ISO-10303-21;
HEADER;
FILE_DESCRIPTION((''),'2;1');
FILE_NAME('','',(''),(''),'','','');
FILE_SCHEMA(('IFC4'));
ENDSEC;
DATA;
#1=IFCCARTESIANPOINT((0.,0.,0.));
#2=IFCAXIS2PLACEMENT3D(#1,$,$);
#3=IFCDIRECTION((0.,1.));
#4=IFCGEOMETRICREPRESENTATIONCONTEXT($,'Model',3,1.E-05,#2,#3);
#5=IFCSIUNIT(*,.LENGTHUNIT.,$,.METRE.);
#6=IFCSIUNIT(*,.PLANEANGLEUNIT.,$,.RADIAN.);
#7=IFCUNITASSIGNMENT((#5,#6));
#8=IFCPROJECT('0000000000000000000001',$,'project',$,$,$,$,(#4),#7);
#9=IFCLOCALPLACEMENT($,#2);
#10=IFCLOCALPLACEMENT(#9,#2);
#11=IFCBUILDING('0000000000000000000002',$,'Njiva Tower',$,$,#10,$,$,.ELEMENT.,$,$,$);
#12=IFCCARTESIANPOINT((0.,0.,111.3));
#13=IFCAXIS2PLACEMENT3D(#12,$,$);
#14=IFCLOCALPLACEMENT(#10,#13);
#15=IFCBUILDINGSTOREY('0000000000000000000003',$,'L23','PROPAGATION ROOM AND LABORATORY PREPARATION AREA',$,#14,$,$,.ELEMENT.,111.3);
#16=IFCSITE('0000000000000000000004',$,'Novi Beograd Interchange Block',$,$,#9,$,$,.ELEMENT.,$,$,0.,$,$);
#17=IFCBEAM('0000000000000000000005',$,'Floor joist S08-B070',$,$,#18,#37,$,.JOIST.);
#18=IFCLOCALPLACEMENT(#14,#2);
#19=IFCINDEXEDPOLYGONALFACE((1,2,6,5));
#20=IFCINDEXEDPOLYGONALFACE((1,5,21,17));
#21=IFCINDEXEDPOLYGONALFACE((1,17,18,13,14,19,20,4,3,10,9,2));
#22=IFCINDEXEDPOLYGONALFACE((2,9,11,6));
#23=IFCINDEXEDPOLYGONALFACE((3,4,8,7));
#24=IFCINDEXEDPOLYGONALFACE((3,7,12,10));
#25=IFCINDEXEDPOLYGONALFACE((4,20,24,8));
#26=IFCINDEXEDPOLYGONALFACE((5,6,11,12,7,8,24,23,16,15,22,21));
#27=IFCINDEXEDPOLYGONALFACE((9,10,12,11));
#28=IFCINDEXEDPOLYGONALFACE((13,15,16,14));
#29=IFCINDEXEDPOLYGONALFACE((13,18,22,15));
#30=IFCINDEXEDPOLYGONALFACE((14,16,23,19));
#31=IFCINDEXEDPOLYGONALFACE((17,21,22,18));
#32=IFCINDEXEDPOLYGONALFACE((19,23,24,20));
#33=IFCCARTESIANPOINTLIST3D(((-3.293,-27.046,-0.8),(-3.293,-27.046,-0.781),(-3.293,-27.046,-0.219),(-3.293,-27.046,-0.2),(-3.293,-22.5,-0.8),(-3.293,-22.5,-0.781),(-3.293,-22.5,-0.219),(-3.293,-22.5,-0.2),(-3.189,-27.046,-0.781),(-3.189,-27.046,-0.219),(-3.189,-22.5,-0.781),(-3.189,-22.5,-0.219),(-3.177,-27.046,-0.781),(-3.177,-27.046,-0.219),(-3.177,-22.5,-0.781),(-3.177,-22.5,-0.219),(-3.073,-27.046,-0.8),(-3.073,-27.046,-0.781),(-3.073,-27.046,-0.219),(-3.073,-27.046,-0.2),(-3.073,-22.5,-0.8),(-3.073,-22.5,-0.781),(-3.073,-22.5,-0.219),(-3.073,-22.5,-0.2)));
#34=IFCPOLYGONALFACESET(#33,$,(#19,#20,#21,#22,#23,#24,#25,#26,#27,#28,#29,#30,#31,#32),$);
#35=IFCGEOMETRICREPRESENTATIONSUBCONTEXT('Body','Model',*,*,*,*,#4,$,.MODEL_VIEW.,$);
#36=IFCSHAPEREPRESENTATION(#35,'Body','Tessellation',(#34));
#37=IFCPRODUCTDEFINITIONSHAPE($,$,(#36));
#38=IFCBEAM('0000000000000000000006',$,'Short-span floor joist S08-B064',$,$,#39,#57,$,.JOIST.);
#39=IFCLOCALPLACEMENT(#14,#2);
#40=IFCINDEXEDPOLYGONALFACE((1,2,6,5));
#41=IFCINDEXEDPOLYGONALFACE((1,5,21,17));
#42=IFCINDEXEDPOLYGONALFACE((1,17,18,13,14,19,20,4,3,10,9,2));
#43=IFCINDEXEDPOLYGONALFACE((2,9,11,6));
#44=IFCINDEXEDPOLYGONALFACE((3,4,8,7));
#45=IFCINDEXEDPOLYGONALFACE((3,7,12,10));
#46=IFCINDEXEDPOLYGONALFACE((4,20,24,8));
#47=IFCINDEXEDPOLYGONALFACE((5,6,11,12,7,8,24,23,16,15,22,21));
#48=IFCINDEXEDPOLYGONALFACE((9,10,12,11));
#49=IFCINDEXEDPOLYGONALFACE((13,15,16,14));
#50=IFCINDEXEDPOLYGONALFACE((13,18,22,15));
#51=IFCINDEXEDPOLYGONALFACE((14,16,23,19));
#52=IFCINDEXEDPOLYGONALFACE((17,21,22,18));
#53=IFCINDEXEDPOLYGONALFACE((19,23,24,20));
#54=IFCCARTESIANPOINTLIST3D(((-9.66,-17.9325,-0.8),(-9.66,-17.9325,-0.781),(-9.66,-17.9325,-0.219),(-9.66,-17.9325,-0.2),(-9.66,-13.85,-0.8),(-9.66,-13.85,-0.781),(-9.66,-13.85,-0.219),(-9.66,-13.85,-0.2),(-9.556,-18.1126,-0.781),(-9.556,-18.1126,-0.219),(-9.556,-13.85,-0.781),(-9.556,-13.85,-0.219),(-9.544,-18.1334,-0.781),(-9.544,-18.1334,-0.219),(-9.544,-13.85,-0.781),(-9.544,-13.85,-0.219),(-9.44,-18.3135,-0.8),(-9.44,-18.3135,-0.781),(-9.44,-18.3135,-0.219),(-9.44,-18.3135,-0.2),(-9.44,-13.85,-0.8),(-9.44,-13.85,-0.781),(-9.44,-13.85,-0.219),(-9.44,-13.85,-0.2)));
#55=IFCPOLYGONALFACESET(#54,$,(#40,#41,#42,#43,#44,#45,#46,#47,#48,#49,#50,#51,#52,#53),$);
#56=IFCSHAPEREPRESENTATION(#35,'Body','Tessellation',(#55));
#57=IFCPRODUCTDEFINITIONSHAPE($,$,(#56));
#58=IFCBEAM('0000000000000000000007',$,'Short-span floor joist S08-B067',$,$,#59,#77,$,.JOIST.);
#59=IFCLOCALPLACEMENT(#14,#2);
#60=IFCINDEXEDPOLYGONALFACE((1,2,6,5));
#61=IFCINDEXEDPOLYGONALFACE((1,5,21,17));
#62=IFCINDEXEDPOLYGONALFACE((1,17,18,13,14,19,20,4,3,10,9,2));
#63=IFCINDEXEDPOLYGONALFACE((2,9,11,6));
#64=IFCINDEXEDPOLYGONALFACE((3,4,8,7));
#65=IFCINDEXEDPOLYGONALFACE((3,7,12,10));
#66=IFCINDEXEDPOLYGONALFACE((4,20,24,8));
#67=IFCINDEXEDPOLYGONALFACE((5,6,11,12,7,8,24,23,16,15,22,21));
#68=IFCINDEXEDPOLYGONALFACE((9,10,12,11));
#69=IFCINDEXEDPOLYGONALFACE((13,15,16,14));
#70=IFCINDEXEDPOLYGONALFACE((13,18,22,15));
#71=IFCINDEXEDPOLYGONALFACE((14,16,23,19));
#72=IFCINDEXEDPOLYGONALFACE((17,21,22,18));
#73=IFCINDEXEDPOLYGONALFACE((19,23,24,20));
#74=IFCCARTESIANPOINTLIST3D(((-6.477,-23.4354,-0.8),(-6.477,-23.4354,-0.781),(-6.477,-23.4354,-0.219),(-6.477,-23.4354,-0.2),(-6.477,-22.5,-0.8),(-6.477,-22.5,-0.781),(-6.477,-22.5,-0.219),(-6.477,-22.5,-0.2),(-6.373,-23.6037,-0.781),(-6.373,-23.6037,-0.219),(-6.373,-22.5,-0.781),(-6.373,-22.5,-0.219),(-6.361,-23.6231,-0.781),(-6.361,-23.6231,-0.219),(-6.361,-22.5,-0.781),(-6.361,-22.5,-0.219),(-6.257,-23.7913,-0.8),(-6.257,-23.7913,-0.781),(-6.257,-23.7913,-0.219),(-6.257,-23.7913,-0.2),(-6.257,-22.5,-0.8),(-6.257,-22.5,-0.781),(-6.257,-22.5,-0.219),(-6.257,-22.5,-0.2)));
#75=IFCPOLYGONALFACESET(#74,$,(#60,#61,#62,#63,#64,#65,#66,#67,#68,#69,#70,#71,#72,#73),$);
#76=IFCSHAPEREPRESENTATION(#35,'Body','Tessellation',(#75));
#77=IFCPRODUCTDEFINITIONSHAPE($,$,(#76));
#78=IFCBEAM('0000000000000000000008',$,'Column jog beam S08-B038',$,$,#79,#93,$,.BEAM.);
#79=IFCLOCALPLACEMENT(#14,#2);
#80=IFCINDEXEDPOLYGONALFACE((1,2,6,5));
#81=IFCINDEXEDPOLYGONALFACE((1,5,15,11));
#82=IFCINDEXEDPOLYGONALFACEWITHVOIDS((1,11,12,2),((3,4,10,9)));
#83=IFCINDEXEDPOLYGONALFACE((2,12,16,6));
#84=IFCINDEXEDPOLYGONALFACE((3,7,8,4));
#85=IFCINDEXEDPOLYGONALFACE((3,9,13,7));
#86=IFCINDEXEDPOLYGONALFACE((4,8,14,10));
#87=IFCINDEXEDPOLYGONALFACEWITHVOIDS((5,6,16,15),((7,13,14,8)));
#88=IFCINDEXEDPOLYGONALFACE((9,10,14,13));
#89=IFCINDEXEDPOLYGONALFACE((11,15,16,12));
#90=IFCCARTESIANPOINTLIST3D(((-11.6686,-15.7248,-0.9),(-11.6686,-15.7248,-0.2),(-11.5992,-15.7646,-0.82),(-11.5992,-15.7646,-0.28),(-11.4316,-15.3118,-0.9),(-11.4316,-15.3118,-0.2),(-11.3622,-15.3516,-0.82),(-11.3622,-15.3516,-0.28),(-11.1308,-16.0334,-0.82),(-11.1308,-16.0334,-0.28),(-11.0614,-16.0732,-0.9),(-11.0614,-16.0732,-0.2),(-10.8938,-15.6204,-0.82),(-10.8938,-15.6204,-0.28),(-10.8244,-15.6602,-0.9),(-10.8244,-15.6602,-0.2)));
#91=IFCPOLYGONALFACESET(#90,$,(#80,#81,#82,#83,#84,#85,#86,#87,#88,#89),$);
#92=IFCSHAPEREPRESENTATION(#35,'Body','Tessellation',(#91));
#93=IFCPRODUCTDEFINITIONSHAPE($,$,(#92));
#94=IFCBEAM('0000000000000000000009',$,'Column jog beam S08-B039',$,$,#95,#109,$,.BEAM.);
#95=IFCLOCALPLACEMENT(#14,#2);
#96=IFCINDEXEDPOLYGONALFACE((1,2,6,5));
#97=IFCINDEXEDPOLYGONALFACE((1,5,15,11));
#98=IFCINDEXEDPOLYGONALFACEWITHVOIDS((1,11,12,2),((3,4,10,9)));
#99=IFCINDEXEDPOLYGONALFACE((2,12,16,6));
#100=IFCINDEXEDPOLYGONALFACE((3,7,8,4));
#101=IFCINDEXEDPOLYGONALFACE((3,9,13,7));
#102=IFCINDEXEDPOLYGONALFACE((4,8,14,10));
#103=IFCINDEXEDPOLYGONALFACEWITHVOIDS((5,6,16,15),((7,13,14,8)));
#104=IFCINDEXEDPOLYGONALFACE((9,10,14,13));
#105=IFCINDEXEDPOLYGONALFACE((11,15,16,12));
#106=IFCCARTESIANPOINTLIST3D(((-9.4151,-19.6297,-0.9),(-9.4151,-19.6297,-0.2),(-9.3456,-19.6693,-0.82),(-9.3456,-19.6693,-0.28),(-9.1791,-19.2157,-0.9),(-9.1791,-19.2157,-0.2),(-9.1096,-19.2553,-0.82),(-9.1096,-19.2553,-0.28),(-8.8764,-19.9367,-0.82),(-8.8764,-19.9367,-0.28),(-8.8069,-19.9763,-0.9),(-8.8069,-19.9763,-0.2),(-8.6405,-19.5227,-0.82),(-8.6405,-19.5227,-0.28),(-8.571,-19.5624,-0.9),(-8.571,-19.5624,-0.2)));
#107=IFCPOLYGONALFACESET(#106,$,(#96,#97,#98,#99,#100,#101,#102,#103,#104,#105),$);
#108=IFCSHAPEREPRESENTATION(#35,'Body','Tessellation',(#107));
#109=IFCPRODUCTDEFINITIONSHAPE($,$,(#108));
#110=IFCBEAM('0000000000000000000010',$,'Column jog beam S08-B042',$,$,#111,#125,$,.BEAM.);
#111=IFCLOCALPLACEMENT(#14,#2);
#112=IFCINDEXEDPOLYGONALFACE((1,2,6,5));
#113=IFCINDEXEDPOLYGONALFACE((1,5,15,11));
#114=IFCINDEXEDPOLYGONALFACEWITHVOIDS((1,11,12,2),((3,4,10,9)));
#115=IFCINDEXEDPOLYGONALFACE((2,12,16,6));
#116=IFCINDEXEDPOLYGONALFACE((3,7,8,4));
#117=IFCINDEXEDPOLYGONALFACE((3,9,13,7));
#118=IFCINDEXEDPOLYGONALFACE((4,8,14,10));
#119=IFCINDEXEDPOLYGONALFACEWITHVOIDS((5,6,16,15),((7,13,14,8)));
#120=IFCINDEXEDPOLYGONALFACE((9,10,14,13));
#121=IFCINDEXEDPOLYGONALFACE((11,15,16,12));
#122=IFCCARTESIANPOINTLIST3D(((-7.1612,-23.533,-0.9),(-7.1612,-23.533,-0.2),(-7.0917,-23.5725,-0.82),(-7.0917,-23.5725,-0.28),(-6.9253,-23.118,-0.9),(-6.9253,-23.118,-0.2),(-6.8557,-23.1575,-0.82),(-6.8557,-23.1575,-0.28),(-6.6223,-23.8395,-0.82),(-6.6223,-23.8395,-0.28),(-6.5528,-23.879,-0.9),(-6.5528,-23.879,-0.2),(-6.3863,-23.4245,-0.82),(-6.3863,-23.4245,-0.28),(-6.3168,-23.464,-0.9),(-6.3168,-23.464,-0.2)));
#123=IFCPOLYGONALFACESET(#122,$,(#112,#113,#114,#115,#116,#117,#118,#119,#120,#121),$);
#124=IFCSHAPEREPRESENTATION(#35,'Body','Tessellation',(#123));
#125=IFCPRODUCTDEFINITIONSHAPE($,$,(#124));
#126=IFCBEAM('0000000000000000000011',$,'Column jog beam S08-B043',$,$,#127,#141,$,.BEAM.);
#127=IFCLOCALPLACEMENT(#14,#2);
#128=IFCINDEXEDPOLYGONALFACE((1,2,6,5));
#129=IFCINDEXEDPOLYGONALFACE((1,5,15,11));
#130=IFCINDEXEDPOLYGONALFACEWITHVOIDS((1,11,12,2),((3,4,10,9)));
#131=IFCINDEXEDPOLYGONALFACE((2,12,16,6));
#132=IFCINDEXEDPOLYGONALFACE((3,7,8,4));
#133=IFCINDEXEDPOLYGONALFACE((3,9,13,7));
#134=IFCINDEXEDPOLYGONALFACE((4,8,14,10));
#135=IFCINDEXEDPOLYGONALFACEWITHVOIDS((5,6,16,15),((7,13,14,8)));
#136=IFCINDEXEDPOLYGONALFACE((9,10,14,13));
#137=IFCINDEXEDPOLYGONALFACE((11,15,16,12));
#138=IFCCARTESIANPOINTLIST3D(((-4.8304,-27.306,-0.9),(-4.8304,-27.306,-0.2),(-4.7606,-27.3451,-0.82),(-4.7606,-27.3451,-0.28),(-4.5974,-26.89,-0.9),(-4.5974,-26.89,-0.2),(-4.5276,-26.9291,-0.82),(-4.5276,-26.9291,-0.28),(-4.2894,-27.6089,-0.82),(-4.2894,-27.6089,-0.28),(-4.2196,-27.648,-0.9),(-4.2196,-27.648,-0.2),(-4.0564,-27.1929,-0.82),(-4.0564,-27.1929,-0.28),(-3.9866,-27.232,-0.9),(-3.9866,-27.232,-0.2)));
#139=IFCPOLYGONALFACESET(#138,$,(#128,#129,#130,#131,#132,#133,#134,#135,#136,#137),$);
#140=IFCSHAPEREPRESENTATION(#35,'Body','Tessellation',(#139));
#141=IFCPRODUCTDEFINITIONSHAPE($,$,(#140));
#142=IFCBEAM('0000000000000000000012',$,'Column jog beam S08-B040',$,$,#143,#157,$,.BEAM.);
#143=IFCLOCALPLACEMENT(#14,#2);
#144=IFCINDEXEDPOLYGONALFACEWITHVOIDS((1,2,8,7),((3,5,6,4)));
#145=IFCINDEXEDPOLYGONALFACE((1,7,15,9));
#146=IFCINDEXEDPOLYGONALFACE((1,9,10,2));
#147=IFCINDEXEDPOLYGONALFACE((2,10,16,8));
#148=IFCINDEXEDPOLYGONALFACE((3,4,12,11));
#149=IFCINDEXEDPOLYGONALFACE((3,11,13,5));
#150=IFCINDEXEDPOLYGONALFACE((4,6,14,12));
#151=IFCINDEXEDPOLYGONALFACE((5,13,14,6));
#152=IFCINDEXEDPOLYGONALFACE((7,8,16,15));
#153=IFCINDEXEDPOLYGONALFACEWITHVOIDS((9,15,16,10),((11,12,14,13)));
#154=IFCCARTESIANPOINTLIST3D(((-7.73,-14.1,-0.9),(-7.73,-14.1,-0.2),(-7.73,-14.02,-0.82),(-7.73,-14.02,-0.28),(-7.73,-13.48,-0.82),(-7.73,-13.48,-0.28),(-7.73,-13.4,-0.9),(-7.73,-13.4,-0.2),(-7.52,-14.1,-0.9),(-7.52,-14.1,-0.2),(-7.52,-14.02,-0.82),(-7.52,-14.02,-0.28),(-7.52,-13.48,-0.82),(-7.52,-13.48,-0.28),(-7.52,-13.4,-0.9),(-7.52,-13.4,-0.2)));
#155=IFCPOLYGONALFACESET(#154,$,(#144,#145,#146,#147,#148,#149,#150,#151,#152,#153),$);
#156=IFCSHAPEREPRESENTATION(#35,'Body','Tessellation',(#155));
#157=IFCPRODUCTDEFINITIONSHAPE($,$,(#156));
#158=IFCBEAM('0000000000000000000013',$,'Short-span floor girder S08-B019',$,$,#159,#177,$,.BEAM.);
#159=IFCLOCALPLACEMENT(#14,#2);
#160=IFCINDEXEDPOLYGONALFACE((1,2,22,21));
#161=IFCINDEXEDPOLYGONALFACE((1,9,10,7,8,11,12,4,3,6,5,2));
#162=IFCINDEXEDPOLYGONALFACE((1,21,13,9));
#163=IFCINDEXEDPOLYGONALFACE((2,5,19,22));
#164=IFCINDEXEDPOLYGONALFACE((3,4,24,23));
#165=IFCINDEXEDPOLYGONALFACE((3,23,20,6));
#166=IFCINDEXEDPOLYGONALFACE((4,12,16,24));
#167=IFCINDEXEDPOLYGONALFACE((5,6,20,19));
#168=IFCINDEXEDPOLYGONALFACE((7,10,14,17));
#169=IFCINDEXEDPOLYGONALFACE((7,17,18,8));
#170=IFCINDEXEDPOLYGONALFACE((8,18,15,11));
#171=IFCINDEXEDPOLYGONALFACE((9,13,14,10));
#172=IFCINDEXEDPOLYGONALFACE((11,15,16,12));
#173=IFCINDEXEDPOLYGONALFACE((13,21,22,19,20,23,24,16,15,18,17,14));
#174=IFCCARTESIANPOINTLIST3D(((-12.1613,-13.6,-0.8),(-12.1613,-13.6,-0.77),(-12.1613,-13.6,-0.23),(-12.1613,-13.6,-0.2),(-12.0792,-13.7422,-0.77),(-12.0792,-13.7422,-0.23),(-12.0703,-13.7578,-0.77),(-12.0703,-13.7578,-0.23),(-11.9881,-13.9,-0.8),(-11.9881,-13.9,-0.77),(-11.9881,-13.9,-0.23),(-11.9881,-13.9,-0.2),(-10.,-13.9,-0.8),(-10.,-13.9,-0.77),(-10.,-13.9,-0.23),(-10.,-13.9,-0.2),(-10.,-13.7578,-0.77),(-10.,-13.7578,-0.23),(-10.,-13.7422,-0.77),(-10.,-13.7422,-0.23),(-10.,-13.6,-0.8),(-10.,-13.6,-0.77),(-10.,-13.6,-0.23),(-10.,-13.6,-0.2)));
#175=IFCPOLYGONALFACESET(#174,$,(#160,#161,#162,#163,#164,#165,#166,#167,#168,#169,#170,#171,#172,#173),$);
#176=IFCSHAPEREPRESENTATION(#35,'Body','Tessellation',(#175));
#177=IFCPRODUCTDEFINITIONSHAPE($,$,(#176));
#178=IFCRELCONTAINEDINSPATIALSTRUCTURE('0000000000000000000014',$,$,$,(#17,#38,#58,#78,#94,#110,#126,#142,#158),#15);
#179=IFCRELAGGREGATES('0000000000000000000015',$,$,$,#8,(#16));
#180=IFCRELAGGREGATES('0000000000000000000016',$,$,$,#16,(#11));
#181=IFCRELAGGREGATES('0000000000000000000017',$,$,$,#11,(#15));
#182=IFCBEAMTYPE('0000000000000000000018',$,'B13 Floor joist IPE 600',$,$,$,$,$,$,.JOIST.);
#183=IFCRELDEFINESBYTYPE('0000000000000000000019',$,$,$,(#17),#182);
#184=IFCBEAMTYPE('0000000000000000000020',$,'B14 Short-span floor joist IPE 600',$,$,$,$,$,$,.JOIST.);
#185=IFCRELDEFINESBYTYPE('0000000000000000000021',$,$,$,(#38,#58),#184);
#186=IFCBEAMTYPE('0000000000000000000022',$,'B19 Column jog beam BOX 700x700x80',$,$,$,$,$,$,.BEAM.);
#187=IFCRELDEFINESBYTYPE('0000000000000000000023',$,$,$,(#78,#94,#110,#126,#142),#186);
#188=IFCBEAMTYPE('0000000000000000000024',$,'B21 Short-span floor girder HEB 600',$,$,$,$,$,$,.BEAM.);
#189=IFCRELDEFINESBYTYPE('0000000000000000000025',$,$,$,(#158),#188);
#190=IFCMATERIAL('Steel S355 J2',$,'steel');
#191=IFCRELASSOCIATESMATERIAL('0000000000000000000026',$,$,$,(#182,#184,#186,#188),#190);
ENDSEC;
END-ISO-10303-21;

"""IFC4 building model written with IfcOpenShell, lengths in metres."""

from ifc_helpers import new_model, si_unit, direction, frame, origin, origin_2d, place, context, subcontext, project, spatial, hollow_rectangle, i_section, extrude, clip, halfspace, material, material_profile, profile_set, type_object, element, save


model = new_model("IFC4")

# Units and contexts
model_context = context("Model", 3, precision=1e-05, world=origin(), true_north=direction((0.0, 1.0)))
body_context = subcontext(model_context, "Body", "Model", "MODEL_VIEW")
ifc_project = project(units=[si_unit("LENGTHUNIT", "METRE"), si_unit("PLANEANGLEUNIT", "RADIAN")], contexts=[model_context])

# Site, building, storey
site_placement = place(None, origin())
site = spatial("IfcSite", under=ifc_project, at=site_placement, Name="Novi Beograd Interchange Block", CompositionType="ELEMENT", RefElevation=0.0)
building_placement = place(site_placement, origin())
building = spatial("IfcBuilding", under=site, at=building_placement, Name="Njiva Tower", CompositionType="ELEMENT")
storey_placement = place(building_placement, frame((0.0, 0.0, 111.3)))
storey = spatial("IfcBuildingStorey", under=building, at=storey_placement, Name="L23", Description="PROPAGATION ROOM AND LABORATORY PREPARATION AREA", CompositionType="ELEMENT", Elevation=111.3)

# Shared definitions
ifc_material_1 = material(Name="Steel S355 J2", Category="steel")

# Beams
ifc_material_profile_1 = material_profile(ifc_material_1, i_section(OverallWidth=0.22, OverallDepth=0.6, WebThickness=0.012, FlangeThickness=0.019, at=origin_2d()), Name="IPE 600")
ifc_profile_set_1 = profile_set([ifc_material_profile_1], Name="Steel S355 J2")
beam_type_1 = type_object("IfcBeamType", Name="B13 Floor joist IPE 600", PredefinedType="JOIST", material=ifc_profile_set_1)
beam_1_placement = place(storey_placement, frame((-3.183, -22.5, -0.5), z_axis=(0.0, -1.0, 0.0), x_axis=(1.0, 0.0, 0.0)))
element("IfcBeam", 1, at=beam_1_placement, inside=storey, type_object=beam_type_1, Name="Floor joist S08-B070", PredefinedType="JOIST", context=body_context, shape_type="SweptSolid", body=[
    extrude(i_section(OverallWidth=0.22, OverallDepth=0.6, WebThickness=0.012, FlangeThickness=0.019, at=origin_2d()), origin(), (0.0, 0.0, 1.0), 4.546),
])
ifc_material_profile_2 = material_profile(ifc_material_1, i_section(OverallWidth=0.22, OverallDepth=0.6, WebThickness=0.012, FlangeThickness=0.019, at=origin_2d()), Name="IPE 600")
ifc_profile_set_2 = profile_set([ifc_material_profile_2], Name="Steel S355 J2")
beam_type_2 = type_object("IfcBeamType", Name="B14 Short-span floor joist IPE 600", PredefinedType="JOIST", material=ifc_profile_set_2)
beam_2_placement = place(storey_placement, frame((-9.55, -13.85, -0.5), z_axis=(0.0, -1.0, 0.0), x_axis=(1.0, 0.0, 0.0)))
element("IfcBeam", 2, at=beam_2_placement, inside=storey, type_object=beam_type_2, Name="Short-span floor joist S08-B064", PredefinedType="JOIST", context=body_context, shape_type="Clipping", body=[
    clip(extrude(i_section(OverallWidth=0.22, OverallDepth=0.6, WebThickness=0.012, FlangeThickness=0.019, at=origin_2d()), origin(), (0.0, 0.0, 1.0), 4.484), halfspace(frame((-0.0433, 0.0, 4.198), z_axis=(-0.866027, 0.0, 0.499998), x_axis=(0.0, 1.0, 0.0)), False)),
])
beam_3_placement = place(storey_placement, frame((-6.367, -22.5, -0.5), z_axis=(0.0, -1.0, 0.0), x_axis=(1.0, 0.0, 0.0)))
element("IfcBeam", 3, at=beam_3_placement, inside=storey, type_object=beam_type_2, Name="Short-span floor joist S08-B067", PredefinedType="JOIST", context=body_context, shape_type="Clipping", body=[
    clip(extrude(i_section(OverallWidth=0.22, OverallDepth=0.6, WebThickness=0.012, FlangeThickness=0.019, at=origin_2d()), origin(), (0.0, 0.0, 1.0), 1.312), halfspace(frame((-0.0422, 0.0, 1.0451), z_axis=(-0.850616, 0.0, 0.525788), x_axis=(0.0, 1.0, 0.0)), False)),
])
ifc_material_profile_3 = material_profile(ifc_material_1, hollow_rectangle(XDim=0.7, YDim=0.7, WallThickness=0.08, at=origin_2d()), Name="BOX 700x700x80")
ifc_profile_set_3 = profile_set([ifc_material_profile_3], Name="Steel S355 J2")
beam_type_3 = type_object("IfcBeamType", Name="B19 Column jog beam BOX 700x700x80", PredefinedType="BEAM", material=ifc_profile_set_3)
beam_4_placement = place(storey_placement, frame((-11.365, -15.899, -0.55), z_axis=(0.497721, 0.867337, 0.0), x_axis=(-0.867337, 0.497721, 0.0)))
element("IfcBeam", 4, at=beam_4_placement, inside=storey, type_object=beam_type_3, Name="Column jog beam S08-B038", PredefinedType="BEAM", context=body_context, shape_type="SweptSolid", body=[
    extrude(hollow_rectangle(XDim=0.7, YDim=0.7, WallThickness=0.08, at=origin_2d()), origin(), (0.0, 0.0, 1.0), 0.4762),
])
beam_5_placement = place(storey_placement, frame((-9.111, -19.803, -0.55), z_axis=(0.495235, 0.868759, 0.0), x_axis=(-0.868759, 0.495235, 0.0)))
element("IfcBeam", 5, at=beam_5_placement, inside=storey, type_object=beam_type_3, Name="Column jog beam S08-B039", PredefinedType="BEAM", context=body_context, shape_type="SweptSolid", body=[
    extrude(hollow_rectangle(XDim=0.7, YDim=0.7, WallThickness=0.08, at=origin_2d()), origin(), (0.0, 0.0, 1.0), 0.4765),
])
beam_6_placement = place(storey_placement, frame((-6.857, -23.706, -0.55), z_axis=(0.494333, 0.869272, 0.0), x_axis=(-0.869272, 0.494333, 0.0)))
element("IfcBeam", 6, at=beam_6_placement, inside=storey, type_object=beam_type_3, Name="Column jog beam S08-B042", PredefinedType="BEAM", context=body_context, shape_type="SweptSolid", body=[
    extrude(hollow_rectangle(XDim=0.7, YDim=0.7, WallThickness=0.08, at=origin_2d()), origin(), (0.0, 0.0, 1.0), 0.4774),
])
beam_7_placement = place(storey_placement, frame((-4.525, -27.477, -0.55), z_axis=(0.488667, 0.87247, 0.0), x_axis=(-0.87247, 0.488667, 0.0)))
element("IfcBeam", 7, at=beam_7_placement, inside=storey, type_object=beam_type_3, Name="Column jog beam S08-B043", PredefinedType="BEAM", context=body_context, shape_type="SweptSolid", body=[
    extrude(hollow_rectangle(XDim=0.7, YDim=0.7, WallThickness=0.08, at=origin_2d()), origin(), (0.0, 0.0, 1.0), 0.4768),
])
beam_8_placement = place(storey_placement, frame((-7.73, -13.75, -0.55), z_axis=(1.0, 0.0, 0.0), x_axis=(0.0, 1.0, 0.0)))
element("IfcBeam", 8, at=beam_8_placement, inside=storey, type_object=beam_type_3, Name="Column jog beam S08-B040", PredefinedType="BEAM", context=body_context, shape_type="SweptSolid", body=[
    extrude(hollow_rectangle(XDim=0.7, YDim=0.7, WallThickness=0.08, at=origin_2d()), origin(), (0.0, 0.0, 1.0), 0.21),
])
ifc_material_profile_4 = material_profile(ifc_material_1, i_section(OverallWidth=0.3, OverallDepth=0.6, WebThickness=0.0155, FlangeThickness=0.03, at=origin_2d()), Name="HEB 600")
ifc_profile_set_4 = profile_set([ifc_material_profile_4], Name="Steel S355 J2")
beam_type_4 = type_object("IfcBeamType", Name="B21 Short-span floor girder HEB 600", PredefinedType="BEAM", material=ifc_profile_set_4)
beam_9_placement = place(storey_placement, frame((-12.182, -13.75, -0.5), z_axis=(1.0, 0.0, 0.0), x_axis=(0.0, 1.0, 0.0)))
element("IfcBeam", 9, at=beam_9_placement, inside=storey, type_object=beam_type_4, Name="Short-span floor girder S08-B019", PredefinedType="BEAM", context=body_context, shape_type="Clipping", body=[
    clip(extrude(i_section(OverallWidth=0.3, OverallDepth=0.6, WebThickness=0.0155, FlangeThickness=0.03, at=origin_2d()), origin(), (0.0, 0.0, 1.0), 2.182), halfspace(frame((-0.025, 0.0, 0.1217), z_axis=(-0.499998, 0.0, -0.866027), x_axis=(0.0, -1.0, 0.0)), False)),
])

save(model, "model.ifc")
